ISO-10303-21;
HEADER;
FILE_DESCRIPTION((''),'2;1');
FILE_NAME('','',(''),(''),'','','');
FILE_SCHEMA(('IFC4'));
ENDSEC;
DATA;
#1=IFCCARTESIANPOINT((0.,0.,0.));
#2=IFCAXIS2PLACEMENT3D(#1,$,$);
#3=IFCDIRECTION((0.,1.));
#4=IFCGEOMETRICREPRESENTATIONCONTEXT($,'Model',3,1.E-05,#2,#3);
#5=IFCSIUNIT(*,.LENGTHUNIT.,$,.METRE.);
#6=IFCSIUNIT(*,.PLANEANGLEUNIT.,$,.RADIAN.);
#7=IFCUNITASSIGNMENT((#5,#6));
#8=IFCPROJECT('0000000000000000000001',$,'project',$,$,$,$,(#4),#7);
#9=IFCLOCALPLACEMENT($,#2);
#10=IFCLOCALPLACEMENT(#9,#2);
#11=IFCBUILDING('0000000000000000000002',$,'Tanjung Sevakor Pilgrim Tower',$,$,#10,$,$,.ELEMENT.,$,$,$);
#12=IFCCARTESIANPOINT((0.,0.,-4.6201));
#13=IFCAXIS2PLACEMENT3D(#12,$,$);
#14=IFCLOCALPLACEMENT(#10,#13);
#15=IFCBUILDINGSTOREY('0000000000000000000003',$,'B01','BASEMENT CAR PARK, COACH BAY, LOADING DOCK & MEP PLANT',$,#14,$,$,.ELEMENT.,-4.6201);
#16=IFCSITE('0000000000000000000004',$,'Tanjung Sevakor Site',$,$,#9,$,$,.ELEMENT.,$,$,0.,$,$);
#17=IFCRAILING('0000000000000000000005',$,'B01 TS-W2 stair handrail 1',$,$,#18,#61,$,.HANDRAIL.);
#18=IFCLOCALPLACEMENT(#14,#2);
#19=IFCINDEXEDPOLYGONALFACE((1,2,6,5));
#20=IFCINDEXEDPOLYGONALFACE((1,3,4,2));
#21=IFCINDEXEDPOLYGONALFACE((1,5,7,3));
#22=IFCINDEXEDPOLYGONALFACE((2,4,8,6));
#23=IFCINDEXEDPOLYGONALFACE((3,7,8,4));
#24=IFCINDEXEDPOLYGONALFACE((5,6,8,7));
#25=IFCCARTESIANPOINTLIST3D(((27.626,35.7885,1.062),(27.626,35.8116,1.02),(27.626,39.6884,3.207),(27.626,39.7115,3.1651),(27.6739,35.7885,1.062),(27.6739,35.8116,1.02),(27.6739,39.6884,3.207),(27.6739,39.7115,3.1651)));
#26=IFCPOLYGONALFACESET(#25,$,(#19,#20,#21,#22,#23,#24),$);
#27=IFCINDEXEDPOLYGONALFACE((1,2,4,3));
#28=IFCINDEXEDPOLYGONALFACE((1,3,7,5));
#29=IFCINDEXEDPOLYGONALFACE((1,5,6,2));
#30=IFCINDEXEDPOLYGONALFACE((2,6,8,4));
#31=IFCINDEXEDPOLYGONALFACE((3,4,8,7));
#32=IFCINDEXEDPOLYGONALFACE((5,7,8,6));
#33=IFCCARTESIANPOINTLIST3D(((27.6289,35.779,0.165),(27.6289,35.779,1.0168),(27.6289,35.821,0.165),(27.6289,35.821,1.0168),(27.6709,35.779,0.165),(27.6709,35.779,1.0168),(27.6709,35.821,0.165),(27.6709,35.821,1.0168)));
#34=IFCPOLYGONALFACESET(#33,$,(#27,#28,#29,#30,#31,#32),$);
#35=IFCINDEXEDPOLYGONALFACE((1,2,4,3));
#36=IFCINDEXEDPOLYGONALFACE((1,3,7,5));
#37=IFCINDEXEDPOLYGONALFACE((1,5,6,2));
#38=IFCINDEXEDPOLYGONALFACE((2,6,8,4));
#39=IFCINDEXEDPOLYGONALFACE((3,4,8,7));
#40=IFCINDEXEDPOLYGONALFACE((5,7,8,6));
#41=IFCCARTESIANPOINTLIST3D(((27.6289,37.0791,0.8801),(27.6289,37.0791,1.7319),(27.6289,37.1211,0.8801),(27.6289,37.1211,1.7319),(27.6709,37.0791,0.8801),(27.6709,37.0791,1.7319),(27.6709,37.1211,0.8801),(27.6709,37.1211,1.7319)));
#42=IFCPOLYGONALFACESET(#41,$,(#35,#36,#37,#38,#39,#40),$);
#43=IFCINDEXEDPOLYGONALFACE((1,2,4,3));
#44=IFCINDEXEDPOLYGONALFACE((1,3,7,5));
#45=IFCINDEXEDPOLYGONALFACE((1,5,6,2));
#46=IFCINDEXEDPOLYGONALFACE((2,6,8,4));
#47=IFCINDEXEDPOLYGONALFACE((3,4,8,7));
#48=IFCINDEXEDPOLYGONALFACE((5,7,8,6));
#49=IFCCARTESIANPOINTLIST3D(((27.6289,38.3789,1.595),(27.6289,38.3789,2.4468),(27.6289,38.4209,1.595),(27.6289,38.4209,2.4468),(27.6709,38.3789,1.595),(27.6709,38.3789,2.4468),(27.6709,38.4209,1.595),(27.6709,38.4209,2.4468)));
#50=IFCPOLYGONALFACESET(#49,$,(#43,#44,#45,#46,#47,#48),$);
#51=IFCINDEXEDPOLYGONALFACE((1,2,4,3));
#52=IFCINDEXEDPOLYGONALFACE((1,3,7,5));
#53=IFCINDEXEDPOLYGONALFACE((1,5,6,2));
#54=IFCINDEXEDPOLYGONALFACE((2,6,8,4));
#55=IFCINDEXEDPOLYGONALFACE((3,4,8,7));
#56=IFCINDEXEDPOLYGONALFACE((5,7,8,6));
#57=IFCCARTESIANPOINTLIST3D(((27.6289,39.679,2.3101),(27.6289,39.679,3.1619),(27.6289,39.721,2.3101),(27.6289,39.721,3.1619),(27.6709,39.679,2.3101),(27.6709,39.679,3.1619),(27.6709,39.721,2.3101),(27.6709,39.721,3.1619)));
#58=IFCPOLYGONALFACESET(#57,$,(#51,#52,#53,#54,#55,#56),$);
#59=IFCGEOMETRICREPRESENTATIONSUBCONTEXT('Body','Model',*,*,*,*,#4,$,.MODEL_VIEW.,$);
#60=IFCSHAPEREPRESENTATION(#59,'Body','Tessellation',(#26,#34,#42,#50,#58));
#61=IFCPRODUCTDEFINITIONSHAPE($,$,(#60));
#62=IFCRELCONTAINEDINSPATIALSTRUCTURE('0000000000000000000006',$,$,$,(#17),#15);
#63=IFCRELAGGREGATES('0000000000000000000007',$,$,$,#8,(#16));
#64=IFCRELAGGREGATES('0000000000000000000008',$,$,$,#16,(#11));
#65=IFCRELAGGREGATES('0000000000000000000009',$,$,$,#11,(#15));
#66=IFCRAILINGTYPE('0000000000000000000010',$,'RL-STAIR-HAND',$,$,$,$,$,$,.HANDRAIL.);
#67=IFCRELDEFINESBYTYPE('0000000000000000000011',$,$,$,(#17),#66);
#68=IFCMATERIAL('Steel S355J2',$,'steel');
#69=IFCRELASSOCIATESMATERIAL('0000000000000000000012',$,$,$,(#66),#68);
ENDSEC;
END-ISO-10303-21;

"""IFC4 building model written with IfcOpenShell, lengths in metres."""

from ifc_helpers import new_model, si_unit, direction, frame, origin, place, context, subcontext, project, spatial, rectangle, extrude, material, type_object, element, save


model = new_model("IFC4")

# Units and contexts
model_context = context("Model", 3, precision=1e-05, world=origin(), true_north=direction((0.0, 1.0)))
body_context = subcontext(model_context, "Body", "Model", "MODEL_VIEW")
ifc_project = project(units=[si_unit("LENGTHUNIT", "METRE"), si_unit("PLANEANGLEUNIT", "RADIAN")], contexts=[model_context])

# Site, building, storey
site_placement = place(None, origin())
site = spatial("IfcSite", under=ifc_project, at=site_placement, Name="Tanjung Sevakor Site", CompositionType="ELEMENT", RefElevation=0.0)
building_placement = place(site_placement, origin())
building = spatial("IfcBuilding", under=site, at=building_placement, Name="Tanjung Sevakor Pilgrim Tower", CompositionType="ELEMENT")
storey_placement = place(building_placement, frame((0.0, 0.0, -4.6201)))
storey = spatial("IfcBuildingStorey", under=building, at=storey_placement, Name="B01", Description="BASEMENT CAR PARK, COACH BAY, LOADING DOCK & MEP PLANT", CompositionType="ELEMENT", Elevation=-4.6201)

# Railing
ifc_material_1 = material(Name="Steel S355J2", Category="steel")
railing_type_1 = type_object("IfcRailingType", Name="RL-STAIR-HAND", PredefinedType="HANDRAIL", material=ifc_material_1)
for number, where, name in (
    (1, (27.6499, 35.8, 0.165), "B01 TS-W2 stair handrail 1"),
):
    element("IfcRailing", number, at=place(storey_placement, frame(where)), inside=storey, type_object=railing_type_1, Name=name, PredefinedType="HANDRAIL", context=body_context, shape_type="SweptSolid", body=[
        extrude(rectangle(XDim=0.0479, YDim=0.0479), frame((0.0, 0.0, 0.876), z_axis=(0.0, 0.876209, 0.481931), x_axis=(-1.0, 0.0, 0.0)), (0.0, 0.0, 1.0), 4.4509),
        extrude(rectangle(XDim=0.042, YDim=0.042), origin(), (0.0, 0.0, 1.0), 0.8518),
        extrude(rectangle(XDim=0.042, YDim=0.042), frame((0.0, 1.3, 0.7151)), (0.0, 0.0, 1.0), 0.8518),
        extrude(rectangle(XDim=0.042, YDim=0.042), frame((0.0, 2.5999, 1.4299)), (0.0, 0.0, 1.0), 0.8518),
        extrude(rectangle(XDim=0.042, YDim=0.042), frame((0.0, 3.8999, 2.145)), (0.0, 0.0, 1.0), 0.8518),
    ])

save(model, "model.ifc")
